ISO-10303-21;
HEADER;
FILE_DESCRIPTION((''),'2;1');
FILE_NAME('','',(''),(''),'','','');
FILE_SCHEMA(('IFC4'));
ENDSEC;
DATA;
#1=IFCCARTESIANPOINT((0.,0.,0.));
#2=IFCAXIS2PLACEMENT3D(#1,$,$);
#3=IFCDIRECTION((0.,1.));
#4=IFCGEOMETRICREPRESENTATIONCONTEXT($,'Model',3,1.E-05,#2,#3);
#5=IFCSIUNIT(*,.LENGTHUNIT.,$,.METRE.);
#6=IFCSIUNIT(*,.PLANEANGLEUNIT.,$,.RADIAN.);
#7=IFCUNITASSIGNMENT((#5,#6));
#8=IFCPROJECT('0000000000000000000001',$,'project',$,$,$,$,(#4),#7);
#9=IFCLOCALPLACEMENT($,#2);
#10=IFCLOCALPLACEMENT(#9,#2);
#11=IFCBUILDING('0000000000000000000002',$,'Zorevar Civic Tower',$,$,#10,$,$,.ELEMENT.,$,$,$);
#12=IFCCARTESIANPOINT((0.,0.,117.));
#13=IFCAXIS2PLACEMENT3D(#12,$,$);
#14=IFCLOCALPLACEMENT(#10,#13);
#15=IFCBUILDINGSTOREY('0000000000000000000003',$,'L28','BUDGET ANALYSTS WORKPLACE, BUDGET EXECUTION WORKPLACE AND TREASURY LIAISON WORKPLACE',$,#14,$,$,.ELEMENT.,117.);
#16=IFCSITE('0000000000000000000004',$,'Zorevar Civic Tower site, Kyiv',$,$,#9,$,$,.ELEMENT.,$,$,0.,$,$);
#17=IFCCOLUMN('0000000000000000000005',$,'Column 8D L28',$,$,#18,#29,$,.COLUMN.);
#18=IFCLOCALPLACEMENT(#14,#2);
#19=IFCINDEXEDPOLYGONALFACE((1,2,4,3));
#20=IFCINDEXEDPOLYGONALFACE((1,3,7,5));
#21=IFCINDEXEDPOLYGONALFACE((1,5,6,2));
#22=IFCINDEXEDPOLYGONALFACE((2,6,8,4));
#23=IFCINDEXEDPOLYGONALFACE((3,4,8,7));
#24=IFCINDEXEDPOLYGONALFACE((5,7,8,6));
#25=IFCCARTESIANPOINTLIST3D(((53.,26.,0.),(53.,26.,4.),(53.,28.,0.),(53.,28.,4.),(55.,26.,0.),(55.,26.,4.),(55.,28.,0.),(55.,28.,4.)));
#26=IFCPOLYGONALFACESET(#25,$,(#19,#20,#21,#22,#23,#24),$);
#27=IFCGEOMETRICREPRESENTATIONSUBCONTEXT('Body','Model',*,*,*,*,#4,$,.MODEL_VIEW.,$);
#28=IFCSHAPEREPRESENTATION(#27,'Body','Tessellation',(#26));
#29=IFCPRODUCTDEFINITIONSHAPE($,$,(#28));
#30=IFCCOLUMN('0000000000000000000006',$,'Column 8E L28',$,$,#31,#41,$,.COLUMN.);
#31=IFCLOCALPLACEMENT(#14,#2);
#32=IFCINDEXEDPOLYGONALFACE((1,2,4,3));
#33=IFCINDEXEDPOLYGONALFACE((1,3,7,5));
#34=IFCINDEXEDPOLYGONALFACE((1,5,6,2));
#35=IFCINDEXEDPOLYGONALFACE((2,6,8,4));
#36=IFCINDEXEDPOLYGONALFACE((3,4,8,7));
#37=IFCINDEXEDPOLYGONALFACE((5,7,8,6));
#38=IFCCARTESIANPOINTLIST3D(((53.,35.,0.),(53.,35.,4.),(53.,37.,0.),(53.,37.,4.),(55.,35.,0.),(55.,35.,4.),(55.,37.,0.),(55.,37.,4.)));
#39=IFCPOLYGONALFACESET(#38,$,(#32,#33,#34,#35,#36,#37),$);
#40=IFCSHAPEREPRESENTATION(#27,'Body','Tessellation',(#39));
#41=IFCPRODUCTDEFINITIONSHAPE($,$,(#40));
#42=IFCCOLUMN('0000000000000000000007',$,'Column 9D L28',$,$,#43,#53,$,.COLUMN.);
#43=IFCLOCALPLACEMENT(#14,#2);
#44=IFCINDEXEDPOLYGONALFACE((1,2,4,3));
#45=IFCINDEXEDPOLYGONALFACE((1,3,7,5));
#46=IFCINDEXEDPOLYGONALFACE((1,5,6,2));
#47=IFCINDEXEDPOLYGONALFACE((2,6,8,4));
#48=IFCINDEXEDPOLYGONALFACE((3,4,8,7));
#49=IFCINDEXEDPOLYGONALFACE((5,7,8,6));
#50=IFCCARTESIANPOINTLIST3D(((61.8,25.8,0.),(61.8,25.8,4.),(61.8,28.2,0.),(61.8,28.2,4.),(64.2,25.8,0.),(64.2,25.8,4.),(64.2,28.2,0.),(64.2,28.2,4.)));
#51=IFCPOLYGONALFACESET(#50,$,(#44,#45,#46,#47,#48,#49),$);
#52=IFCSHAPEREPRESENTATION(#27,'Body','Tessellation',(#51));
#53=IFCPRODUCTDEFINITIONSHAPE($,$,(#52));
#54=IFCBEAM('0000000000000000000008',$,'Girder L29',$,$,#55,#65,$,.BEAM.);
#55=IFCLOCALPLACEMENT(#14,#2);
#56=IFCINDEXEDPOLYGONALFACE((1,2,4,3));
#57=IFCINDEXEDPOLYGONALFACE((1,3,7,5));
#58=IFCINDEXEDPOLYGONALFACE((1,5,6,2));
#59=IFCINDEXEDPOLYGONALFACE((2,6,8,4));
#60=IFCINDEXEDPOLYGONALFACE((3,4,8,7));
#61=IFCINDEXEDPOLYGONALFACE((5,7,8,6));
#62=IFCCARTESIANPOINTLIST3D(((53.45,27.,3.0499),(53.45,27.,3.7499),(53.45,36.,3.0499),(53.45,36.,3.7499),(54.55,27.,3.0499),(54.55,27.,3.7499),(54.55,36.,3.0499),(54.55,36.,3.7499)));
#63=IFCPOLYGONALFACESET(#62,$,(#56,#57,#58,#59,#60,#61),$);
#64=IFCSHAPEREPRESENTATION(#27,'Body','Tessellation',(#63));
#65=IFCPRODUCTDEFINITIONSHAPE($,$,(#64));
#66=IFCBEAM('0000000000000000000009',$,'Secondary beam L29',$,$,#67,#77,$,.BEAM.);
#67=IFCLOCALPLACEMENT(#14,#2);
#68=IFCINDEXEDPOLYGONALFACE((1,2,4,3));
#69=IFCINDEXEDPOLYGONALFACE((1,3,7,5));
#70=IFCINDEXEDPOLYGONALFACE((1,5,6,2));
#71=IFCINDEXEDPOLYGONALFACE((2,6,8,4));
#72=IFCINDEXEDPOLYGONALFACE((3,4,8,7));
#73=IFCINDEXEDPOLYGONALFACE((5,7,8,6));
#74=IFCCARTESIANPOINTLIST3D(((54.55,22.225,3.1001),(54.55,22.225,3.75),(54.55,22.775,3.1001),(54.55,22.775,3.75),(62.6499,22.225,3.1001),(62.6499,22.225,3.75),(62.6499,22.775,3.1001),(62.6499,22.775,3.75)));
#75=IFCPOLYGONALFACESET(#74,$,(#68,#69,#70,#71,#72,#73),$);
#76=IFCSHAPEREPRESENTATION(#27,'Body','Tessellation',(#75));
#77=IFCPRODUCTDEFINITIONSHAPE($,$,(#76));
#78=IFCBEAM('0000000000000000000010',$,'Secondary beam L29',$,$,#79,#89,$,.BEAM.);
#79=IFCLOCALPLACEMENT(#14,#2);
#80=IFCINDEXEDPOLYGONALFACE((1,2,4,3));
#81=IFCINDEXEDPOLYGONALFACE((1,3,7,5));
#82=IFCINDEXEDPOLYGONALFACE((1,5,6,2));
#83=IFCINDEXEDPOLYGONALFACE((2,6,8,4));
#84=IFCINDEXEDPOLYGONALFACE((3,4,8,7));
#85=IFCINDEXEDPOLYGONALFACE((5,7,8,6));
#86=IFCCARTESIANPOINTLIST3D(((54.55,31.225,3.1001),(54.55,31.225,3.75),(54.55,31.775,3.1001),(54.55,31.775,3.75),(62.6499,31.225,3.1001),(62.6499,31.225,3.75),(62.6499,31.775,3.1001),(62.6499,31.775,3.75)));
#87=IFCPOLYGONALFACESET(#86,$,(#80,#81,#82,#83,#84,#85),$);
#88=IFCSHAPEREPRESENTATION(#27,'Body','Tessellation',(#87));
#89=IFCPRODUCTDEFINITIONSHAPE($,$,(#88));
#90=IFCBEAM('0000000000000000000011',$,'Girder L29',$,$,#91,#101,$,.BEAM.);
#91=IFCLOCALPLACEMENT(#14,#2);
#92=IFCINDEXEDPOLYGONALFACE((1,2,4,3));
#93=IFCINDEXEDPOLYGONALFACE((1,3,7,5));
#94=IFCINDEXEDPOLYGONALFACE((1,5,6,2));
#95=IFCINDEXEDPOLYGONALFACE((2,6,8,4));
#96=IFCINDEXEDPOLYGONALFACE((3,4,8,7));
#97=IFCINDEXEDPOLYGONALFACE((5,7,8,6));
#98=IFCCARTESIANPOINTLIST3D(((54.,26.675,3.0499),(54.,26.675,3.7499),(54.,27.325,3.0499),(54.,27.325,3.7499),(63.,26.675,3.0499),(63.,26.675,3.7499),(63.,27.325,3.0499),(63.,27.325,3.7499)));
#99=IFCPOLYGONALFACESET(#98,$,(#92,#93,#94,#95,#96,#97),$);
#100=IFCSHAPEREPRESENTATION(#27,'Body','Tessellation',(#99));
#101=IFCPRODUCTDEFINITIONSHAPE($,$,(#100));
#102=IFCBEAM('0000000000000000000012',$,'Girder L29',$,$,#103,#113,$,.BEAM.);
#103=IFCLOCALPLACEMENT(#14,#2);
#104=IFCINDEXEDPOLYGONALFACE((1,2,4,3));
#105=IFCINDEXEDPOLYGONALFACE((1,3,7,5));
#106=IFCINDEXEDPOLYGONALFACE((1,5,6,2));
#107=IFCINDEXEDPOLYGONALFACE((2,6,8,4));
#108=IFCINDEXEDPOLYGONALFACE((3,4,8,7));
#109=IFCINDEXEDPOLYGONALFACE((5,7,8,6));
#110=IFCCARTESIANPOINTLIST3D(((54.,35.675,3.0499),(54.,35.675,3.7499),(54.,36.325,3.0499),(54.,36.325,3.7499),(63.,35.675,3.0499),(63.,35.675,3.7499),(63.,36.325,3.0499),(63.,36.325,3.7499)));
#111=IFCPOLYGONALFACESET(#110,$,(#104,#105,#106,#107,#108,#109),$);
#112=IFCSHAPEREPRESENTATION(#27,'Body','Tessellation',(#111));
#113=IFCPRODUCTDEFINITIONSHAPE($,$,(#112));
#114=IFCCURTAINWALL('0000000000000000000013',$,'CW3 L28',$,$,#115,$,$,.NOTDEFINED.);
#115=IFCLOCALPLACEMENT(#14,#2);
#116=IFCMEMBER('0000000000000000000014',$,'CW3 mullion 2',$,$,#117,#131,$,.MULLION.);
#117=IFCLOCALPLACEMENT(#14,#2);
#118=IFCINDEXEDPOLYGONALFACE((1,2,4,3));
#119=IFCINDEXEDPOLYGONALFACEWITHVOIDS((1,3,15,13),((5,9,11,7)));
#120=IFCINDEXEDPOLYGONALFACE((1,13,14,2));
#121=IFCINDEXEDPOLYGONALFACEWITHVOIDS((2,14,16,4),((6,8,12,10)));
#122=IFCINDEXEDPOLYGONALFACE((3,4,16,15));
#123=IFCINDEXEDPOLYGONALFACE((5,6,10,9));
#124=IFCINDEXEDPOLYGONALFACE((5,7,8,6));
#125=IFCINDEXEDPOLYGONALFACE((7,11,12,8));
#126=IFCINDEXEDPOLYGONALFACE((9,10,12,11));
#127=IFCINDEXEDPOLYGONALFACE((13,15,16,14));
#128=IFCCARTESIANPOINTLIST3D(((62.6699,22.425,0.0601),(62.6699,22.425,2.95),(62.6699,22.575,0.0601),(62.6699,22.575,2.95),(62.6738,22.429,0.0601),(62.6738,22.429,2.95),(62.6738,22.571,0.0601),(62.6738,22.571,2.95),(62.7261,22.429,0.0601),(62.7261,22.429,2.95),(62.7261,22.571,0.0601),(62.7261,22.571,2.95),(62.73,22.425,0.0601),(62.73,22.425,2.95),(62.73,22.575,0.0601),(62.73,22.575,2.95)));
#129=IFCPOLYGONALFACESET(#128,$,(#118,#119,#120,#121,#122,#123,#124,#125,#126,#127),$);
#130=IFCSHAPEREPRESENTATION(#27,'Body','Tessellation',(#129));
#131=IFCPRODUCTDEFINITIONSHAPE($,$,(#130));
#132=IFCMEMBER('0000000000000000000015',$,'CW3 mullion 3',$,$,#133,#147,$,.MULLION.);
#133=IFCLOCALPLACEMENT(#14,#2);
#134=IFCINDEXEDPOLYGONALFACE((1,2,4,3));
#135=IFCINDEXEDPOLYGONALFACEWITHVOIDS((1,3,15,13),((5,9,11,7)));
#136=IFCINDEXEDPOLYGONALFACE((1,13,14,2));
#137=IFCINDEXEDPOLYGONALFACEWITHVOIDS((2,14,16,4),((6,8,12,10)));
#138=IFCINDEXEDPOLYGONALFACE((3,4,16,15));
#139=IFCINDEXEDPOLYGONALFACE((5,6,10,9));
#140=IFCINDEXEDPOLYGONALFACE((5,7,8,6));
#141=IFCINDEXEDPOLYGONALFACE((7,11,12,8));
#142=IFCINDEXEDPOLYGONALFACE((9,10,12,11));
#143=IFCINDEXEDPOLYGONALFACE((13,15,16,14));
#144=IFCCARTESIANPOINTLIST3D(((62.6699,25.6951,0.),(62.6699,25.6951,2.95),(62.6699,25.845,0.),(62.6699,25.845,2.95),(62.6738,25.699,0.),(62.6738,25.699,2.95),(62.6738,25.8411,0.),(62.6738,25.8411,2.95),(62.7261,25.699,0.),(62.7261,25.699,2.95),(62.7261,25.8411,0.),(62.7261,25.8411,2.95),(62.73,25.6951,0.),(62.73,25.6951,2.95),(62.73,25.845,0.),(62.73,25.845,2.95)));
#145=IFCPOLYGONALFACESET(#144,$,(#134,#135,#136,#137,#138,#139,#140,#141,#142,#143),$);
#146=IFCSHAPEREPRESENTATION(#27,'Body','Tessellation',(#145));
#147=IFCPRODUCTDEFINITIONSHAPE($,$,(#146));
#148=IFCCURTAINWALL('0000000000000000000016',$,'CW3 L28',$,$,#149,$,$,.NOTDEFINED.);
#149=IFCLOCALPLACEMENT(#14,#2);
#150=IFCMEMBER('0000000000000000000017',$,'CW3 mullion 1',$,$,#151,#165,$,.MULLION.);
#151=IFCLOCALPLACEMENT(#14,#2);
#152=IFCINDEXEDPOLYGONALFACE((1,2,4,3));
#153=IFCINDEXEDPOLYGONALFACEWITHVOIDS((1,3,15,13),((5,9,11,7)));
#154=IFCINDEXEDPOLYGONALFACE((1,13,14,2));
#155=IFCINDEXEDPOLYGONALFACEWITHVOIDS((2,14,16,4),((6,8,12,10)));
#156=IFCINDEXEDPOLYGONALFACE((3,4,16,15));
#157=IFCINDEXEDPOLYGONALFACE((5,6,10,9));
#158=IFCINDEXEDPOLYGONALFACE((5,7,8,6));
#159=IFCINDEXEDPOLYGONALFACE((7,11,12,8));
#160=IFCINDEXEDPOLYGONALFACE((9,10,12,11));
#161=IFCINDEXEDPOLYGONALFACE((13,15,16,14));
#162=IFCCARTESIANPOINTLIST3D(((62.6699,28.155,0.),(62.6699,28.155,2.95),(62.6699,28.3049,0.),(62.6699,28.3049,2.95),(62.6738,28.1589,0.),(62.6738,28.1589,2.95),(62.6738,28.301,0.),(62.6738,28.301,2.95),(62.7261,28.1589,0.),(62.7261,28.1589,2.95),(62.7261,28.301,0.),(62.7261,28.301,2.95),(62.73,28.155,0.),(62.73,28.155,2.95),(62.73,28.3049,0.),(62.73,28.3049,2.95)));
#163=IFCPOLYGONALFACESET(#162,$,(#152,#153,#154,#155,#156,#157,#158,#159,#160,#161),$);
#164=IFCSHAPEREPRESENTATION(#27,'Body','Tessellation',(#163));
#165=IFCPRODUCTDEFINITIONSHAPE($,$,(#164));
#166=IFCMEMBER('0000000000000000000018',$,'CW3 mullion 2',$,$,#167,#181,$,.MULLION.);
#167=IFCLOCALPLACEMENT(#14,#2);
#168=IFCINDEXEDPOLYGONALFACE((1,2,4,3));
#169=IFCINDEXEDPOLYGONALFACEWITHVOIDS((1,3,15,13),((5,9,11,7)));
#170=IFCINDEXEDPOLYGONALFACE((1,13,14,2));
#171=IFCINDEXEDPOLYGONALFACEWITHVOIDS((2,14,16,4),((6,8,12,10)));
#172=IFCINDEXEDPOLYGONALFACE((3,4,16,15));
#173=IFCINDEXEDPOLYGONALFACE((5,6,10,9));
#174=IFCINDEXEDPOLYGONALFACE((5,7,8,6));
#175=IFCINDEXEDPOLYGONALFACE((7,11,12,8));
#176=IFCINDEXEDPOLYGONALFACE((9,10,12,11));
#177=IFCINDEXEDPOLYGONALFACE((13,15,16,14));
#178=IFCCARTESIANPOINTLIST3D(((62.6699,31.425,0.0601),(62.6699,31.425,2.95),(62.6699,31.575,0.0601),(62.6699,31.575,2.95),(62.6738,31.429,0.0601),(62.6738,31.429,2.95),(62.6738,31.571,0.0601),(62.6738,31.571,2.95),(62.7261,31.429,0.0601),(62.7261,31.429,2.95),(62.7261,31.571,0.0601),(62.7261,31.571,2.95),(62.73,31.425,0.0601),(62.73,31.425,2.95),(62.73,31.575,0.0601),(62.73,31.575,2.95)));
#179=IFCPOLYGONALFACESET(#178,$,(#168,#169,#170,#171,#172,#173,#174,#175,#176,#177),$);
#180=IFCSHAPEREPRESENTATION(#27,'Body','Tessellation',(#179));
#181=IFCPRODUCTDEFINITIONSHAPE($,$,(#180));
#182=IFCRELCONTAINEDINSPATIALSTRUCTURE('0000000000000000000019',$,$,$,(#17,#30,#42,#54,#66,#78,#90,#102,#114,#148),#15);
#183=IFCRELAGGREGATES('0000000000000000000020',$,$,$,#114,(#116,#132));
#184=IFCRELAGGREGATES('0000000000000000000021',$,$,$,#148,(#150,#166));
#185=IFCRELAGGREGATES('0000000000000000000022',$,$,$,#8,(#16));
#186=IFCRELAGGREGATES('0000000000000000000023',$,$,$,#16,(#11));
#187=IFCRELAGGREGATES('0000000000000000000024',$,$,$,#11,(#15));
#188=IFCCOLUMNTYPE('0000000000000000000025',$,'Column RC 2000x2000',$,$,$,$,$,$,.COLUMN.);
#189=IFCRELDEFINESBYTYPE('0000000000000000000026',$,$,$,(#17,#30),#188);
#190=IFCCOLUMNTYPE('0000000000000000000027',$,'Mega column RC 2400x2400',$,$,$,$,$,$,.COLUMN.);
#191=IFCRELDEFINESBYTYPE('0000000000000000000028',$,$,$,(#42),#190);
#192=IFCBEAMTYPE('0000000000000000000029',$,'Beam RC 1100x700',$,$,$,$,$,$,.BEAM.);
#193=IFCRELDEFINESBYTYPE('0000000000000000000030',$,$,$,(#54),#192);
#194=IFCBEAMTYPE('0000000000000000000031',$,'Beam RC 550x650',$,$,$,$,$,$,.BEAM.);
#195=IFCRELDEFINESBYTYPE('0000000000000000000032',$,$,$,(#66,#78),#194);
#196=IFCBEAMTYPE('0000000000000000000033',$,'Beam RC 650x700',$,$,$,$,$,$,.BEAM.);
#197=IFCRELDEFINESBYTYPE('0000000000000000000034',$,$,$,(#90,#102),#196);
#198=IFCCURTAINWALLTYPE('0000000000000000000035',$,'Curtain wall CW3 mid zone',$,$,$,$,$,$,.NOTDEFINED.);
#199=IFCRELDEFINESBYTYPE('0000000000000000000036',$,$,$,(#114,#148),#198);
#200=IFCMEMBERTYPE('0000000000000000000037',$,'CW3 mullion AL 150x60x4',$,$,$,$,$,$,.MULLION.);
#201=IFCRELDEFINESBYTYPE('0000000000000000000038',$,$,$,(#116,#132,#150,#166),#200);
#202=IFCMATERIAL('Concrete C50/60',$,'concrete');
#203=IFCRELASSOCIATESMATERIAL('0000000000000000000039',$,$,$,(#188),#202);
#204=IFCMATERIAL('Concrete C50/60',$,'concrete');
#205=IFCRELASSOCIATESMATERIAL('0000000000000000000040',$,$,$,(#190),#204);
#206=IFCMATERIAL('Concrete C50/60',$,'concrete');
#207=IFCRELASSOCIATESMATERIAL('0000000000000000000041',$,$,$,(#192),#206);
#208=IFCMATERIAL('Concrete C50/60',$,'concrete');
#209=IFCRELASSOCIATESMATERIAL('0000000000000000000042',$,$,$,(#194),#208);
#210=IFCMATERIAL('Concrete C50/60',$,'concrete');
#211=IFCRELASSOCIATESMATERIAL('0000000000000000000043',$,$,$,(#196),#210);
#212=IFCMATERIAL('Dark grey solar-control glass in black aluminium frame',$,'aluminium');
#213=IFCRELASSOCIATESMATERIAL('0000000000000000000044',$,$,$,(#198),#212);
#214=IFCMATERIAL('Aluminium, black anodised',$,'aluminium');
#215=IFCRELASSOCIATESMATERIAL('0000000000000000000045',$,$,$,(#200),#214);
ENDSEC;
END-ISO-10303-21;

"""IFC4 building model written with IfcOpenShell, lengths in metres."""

from ifc_helpers import new_model, si_unit, direction, frame, origin, origin_2d, place, context, subcontext, project, spatial, rectangle, hollow_rectangle, extrude, material, material_profile, profile_set, type_object, element, aggregate, save


model = new_model("IFC4")

# Units and contexts
model_context = context("Model", 3, precision=1e-05, world=origin(), true_north=direction((0.0, 1.0)))
body_context = subcontext(model_context, "Body", "Model", "MODEL_VIEW")
ifc_project = project(units=[si_unit("LENGTHUNIT", "METRE"), si_unit("PLANEANGLEUNIT", "RADIAN")], contexts=[model_context])

# Site, building, storey
site_placement = place(None, origin())
site = spatial("IfcSite", under=ifc_project, at=site_placement, Name="Zorevar Civic Tower site, Kyiv", CompositionType="ELEMENT", RefElevation=0.0)
building_placement = place(site_placement, origin())
building = spatial("IfcBuilding", under=site, at=building_placement, Name="Zorevar Civic Tower", CompositionType="ELEMENT")
storey_placement = place(building_placement, frame((0.0, 0.0, 117.0)))
storey = spatial("IfcBuildingStorey", under=building, at=storey_placement, Name="L28", Description="BUDGET ANALYSTS WORKPLACE, BUDGET EXECUTION WORKPLACE AND TREASURY LIAISON WORKPLACE", CompositionType="ELEMENT", Elevation=117.0)

# Columns
ifc_material_1 = material(Name="Concrete C50/60", Category="concrete")
ifc_material_profile_1 = material_profile(ifc_material_1, rectangle(XDim=2.0, YDim=2.0, at=origin_2d()), Name="RC 2000x2000")
ifc_profile_set_1 = profile_set([ifc_material_profile_1], Name="Concrete C50/60")
column_type_1 = type_object("IfcColumnType", Name="Column RC 2000x2000", PredefinedType="COLUMN", material=ifc_profile_set_1)
for number, where, z_axis, x_axis, name in (
    (1, (54.0, 27.0, 0.0), (0.0, 0.0, 1.0), (1.0, 0.0, 0.0), "Column 8D L28"),
    (2, (54.0, 36.0, 0.0), (0.0, 0.0, 1.0), (1.0, 0.0, 0.0), "Column 8E L28"),
):
    element("IfcColumn", number, at=place(storey_placement, frame(where, z_axis=z_axis, x_axis=x_axis)), inside=storey, type_object=column_type_1, Name=name, PredefinedType="COLUMN", context=body_context, shape_type="SweptSolid", body=[
        extrude(rectangle(XDim=2.0, YDim=2.0, at=origin_2d()), origin(), (0.0, 0.0, 1.0), 4.0),
    ])
ifc_material_2 = material(Name="Concrete C50/60", Category="concrete")
ifc_material_profile_2 = material_profile(ifc_material_2, rectangle(XDim=2.3999, YDim=2.3999, at=origin_2d()), Name="RC 2400x2400")
ifc_profile_set_2 = profile_set([ifc_material_profile_2], Name="Concrete C50/60")
column_type_2 = type_object("IfcColumnType", Name="Mega column RC 2400x2400", PredefinedType="COLUMN", material=ifc_profile_set_2)
column_placement = place(storey_placement, frame((63.0, 27.0, 0.0), z_axis=(0.0, 0.0, 1.0), x_axis=(1.0, 0.0, 0.0)))
element("IfcColumn", 3, at=column_placement, inside=storey, type_object=column_type_2, Name="Column 9D L28", PredefinedType="COLUMN", context=body_context, shape_type="SweptSolid", body=[
    extrude(rectangle(XDim=2.3999, YDim=2.3999, at=origin_2d()), origin(), (0.0, 0.0, 1.0), 4.0),
])

# Beams
ifc_material_3 = material(Name="Concrete C50/60", Category="concrete")
ifc_material_profile_3 = material_profile(ifc_material_3, rectangle(XDim=1.1001, YDim=0.7, at=origin_2d()), Name="RC 1100x700")
ifc_profile_set_3 = profile_set([ifc_material_profile_3], Name="Concrete C50/60")
beam_type_1 = type_object("IfcBeamType", Name="Beam RC 1100x700", PredefinedType="BEAM", material=ifc_profile_set_3)
beam_1_placement = place(storey_placement, frame((54.0, 27.0, 3.3999), z_axis=(0.0, 1.0, 0.0), x_axis=(-1.0, 0.0, 0.0)))
element("IfcBeam", 4, at=beam_1_placement, inside=storey, type_object=beam_type_1, Name="Girder L29", PredefinedType="BEAM", context=body_context, shape_type="SweptSolid", body=[
    extrude(rectangle(XDim=1.1001, YDim=0.7, at=origin_2d()), origin(), (0.0, 0.0, 1.0), 9.0),
])
ifc_material_4 = material(Name="Concrete C50/60", Category="concrete")
ifc_material_profile_4 = material_profile(ifc_material_4, rectangle(XDim=0.55, YDim=0.6499, at=origin_2d()), Name="RC 550x650")
ifc_profile_set_4 = profile_set([ifc_material_profile_4], Name="Concrete C50/60")
beam_type_2 = type_object("IfcBeamType", Name="Beam RC 550x650", PredefinedType="BEAM", material=ifc_profile_set_4)
for number, where, z_axis, x_axis, name in (
    (5, (54.55, 22.5, 3.425), (1.0, 0.0, 0.0), (0.0, 1.0, 0.0), "Secondary beam L29"),
    (6, (54.55, 31.5, 3.425), (1.0, 0.0, 0.0), (0.0, 1.0, 0.0), "Secondary beam L29"),
):
    element("IfcBeam", number, at=place(storey_placement, frame(where, z_axis=z_axis, x_axis=x_axis)), inside=storey, type_object=beam_type_2, Name=name, PredefinedType="BEAM", context=body_context, shape_type="SweptSolid", body=[
        extrude(rectangle(XDim=0.55, YDim=0.6499, at=origin_2d()), origin(), (0.0, 0.0, 1.0), 8.0999),
    ])
ifc_material_5 = material(Name="Concrete C50/60", Category="concrete")
ifc_material_profile_5 = material_profile(ifc_material_5, rectangle(XDim=0.6499, YDim=0.7, at=origin_2d()), Name="RC 650x700")
ifc_profile_set_5 = profile_set([ifc_material_profile_5], Name="Concrete C50/60")
beam_type_3 = type_object("IfcBeamType", Name="Beam RC 650x700", PredefinedType="BEAM", material=ifc_profile_set_5)
for number, where, z_axis, x_axis, name in (
    (7, (54.0, 27.0, 3.3999), (1.0, 0.0, 0.0), (0.0, 1.0, 0.0), "Girder L29"),
    (8, (54.0, 36.0, 3.3999), (1.0, 0.0, 0.0), (0.0, 1.0, 0.0), "Girder L29"),
):
    element("IfcBeam", number, at=place(storey_placement, frame(where, z_axis=z_axis, x_axis=x_axis)), inside=storey, type_object=beam_type_3, Name=name, PredefinedType="BEAM", context=body_context, shape_type="SweptSolid", body=[
        extrude(rectangle(XDim=0.6499, YDim=0.7, at=origin_2d()), origin(), (0.0, 0.0, 1.0), 9.0),
    ])

# Curtain walls, members
ifc_material_6 = material(Name="Dark grey solar-control glass in black aluminium frame", Category="aluminium")
curtain_wall_type = type_object("IfcCurtainWallType", Name="Curtain wall CW3 mid zone", PredefinedType="NOTDEFINED", material=ifc_material_6)
curtain_wall_1_placement = place(storey_placement, origin())
curtain_wall_1 = element("IfcCurtainWall", 9, at=curtain_wall_1_placement, inside=storey, type_object=curtain_wall_type, Name="CW3 L28", PredefinedType="NOTDEFINED")
ifc_material_7 = material(Name="Aluminium, black anodised", Category="aluminium")
ifc_material_profile_6 = material_profile(ifc_material_7, hollow_rectangle(XDim=0.0601, YDim=0.1499, WallThickness=0.0039, at=origin_2d()), Name="AL 150x60x4")
ifc_profile_set_6 = profile_set([ifc_material_profile_6], Name="Aluminium, black anodised")
member_type_1 = type_object("IfcMemberType", Name="CW3 mullion AL 150x60x4", PredefinedType="MULLION", material=ifc_profile_set_6)
member_1_placement = place(storey_placement, frame((62.7, 22.5, 0.0601), z_axis=(0.0, 0.0, 1.0), x_axis=(-1.0, 0.0, 0.0)))
member_1 = element("IfcMember", 10, at=member_1_placement, type_object=member_type_1, Name="CW3 mullion 2", PredefinedType="MULLION", context=body_context, shape_type="SweptSolid", body=[
    extrude(hollow_rectangle(XDim=0.0601, YDim=0.1499, WallThickness=0.0039, at=origin_2d()), origin(), (0.0, 0.0, 1.0), 2.8899),
])
member_2_placement = place(storey_placement, frame((62.7, 25.77, 0.0), z_axis=(0.0, 0.0, 1.0), x_axis=(-1.0, 0.0, 0.0)))
member_2 = element("IfcMember", 11, at=member_2_placement, type_object=member_type_1, Name="CW3 mullion 3", PredefinedType="MULLION", context=body_context, shape_type="SweptSolid", body=[
    extrude(hollow_rectangle(XDim=0.0601, YDim=0.1499, WallThickness=0.0039, at=origin_2d()), origin(), (0.0, 0.0, 1.0), 2.95),
])
curtain_wall_2_placement = place(storey_placement, origin())
curtain_wall_2 = element("IfcCurtainWall", 12, at=curtain_wall_2_placement, inside=storey, type_object=curtain_wall_type, Name="CW3 L28", PredefinedType="NOTDEFINED")
member_3_placement = place(storey_placement, frame((62.7, 28.23, 0.0), z_axis=(0.0, 0.0, 1.0), x_axis=(-1.0, 0.0, 0.0)))
member_3 = element("IfcMember", 13, at=member_3_placement, type_object=member_type_1, Name="CW3 mullion 1", PredefinedType="MULLION", context=body_context, shape_type="SweptSolid", body=[
    extrude(hollow_rectangle(XDim=0.0601, YDim=0.1499, WallThickness=0.0039, at=origin_2d()), origin(), (0.0, 0.0, 1.0), 2.95),
])
member_4_placement = place(storey_placement, frame((62.7, 31.5, 0.0601), z_axis=(0.0, 0.0, 1.0), x_axis=(-1.0, 0.0, 0.0)))
member_4 = element("IfcMember", 14, at=member_4_placement, type_object=member_type_1, Name="CW3 mullion 2", PredefinedType="MULLION", context=body_context, shape_type="SweptSolid", body=[
    extrude(hollow_rectangle(XDim=0.0601, YDim=0.1499, WallThickness=0.0039, at=origin_2d()), origin(), (0.0, 0.0, 1.0), 2.8899),
])

aggregate(curtain_wall_1, [member_1, member_2])
aggregate(curtain_wall_2, [member_3, member_4])

save(model, "model.ifc")
